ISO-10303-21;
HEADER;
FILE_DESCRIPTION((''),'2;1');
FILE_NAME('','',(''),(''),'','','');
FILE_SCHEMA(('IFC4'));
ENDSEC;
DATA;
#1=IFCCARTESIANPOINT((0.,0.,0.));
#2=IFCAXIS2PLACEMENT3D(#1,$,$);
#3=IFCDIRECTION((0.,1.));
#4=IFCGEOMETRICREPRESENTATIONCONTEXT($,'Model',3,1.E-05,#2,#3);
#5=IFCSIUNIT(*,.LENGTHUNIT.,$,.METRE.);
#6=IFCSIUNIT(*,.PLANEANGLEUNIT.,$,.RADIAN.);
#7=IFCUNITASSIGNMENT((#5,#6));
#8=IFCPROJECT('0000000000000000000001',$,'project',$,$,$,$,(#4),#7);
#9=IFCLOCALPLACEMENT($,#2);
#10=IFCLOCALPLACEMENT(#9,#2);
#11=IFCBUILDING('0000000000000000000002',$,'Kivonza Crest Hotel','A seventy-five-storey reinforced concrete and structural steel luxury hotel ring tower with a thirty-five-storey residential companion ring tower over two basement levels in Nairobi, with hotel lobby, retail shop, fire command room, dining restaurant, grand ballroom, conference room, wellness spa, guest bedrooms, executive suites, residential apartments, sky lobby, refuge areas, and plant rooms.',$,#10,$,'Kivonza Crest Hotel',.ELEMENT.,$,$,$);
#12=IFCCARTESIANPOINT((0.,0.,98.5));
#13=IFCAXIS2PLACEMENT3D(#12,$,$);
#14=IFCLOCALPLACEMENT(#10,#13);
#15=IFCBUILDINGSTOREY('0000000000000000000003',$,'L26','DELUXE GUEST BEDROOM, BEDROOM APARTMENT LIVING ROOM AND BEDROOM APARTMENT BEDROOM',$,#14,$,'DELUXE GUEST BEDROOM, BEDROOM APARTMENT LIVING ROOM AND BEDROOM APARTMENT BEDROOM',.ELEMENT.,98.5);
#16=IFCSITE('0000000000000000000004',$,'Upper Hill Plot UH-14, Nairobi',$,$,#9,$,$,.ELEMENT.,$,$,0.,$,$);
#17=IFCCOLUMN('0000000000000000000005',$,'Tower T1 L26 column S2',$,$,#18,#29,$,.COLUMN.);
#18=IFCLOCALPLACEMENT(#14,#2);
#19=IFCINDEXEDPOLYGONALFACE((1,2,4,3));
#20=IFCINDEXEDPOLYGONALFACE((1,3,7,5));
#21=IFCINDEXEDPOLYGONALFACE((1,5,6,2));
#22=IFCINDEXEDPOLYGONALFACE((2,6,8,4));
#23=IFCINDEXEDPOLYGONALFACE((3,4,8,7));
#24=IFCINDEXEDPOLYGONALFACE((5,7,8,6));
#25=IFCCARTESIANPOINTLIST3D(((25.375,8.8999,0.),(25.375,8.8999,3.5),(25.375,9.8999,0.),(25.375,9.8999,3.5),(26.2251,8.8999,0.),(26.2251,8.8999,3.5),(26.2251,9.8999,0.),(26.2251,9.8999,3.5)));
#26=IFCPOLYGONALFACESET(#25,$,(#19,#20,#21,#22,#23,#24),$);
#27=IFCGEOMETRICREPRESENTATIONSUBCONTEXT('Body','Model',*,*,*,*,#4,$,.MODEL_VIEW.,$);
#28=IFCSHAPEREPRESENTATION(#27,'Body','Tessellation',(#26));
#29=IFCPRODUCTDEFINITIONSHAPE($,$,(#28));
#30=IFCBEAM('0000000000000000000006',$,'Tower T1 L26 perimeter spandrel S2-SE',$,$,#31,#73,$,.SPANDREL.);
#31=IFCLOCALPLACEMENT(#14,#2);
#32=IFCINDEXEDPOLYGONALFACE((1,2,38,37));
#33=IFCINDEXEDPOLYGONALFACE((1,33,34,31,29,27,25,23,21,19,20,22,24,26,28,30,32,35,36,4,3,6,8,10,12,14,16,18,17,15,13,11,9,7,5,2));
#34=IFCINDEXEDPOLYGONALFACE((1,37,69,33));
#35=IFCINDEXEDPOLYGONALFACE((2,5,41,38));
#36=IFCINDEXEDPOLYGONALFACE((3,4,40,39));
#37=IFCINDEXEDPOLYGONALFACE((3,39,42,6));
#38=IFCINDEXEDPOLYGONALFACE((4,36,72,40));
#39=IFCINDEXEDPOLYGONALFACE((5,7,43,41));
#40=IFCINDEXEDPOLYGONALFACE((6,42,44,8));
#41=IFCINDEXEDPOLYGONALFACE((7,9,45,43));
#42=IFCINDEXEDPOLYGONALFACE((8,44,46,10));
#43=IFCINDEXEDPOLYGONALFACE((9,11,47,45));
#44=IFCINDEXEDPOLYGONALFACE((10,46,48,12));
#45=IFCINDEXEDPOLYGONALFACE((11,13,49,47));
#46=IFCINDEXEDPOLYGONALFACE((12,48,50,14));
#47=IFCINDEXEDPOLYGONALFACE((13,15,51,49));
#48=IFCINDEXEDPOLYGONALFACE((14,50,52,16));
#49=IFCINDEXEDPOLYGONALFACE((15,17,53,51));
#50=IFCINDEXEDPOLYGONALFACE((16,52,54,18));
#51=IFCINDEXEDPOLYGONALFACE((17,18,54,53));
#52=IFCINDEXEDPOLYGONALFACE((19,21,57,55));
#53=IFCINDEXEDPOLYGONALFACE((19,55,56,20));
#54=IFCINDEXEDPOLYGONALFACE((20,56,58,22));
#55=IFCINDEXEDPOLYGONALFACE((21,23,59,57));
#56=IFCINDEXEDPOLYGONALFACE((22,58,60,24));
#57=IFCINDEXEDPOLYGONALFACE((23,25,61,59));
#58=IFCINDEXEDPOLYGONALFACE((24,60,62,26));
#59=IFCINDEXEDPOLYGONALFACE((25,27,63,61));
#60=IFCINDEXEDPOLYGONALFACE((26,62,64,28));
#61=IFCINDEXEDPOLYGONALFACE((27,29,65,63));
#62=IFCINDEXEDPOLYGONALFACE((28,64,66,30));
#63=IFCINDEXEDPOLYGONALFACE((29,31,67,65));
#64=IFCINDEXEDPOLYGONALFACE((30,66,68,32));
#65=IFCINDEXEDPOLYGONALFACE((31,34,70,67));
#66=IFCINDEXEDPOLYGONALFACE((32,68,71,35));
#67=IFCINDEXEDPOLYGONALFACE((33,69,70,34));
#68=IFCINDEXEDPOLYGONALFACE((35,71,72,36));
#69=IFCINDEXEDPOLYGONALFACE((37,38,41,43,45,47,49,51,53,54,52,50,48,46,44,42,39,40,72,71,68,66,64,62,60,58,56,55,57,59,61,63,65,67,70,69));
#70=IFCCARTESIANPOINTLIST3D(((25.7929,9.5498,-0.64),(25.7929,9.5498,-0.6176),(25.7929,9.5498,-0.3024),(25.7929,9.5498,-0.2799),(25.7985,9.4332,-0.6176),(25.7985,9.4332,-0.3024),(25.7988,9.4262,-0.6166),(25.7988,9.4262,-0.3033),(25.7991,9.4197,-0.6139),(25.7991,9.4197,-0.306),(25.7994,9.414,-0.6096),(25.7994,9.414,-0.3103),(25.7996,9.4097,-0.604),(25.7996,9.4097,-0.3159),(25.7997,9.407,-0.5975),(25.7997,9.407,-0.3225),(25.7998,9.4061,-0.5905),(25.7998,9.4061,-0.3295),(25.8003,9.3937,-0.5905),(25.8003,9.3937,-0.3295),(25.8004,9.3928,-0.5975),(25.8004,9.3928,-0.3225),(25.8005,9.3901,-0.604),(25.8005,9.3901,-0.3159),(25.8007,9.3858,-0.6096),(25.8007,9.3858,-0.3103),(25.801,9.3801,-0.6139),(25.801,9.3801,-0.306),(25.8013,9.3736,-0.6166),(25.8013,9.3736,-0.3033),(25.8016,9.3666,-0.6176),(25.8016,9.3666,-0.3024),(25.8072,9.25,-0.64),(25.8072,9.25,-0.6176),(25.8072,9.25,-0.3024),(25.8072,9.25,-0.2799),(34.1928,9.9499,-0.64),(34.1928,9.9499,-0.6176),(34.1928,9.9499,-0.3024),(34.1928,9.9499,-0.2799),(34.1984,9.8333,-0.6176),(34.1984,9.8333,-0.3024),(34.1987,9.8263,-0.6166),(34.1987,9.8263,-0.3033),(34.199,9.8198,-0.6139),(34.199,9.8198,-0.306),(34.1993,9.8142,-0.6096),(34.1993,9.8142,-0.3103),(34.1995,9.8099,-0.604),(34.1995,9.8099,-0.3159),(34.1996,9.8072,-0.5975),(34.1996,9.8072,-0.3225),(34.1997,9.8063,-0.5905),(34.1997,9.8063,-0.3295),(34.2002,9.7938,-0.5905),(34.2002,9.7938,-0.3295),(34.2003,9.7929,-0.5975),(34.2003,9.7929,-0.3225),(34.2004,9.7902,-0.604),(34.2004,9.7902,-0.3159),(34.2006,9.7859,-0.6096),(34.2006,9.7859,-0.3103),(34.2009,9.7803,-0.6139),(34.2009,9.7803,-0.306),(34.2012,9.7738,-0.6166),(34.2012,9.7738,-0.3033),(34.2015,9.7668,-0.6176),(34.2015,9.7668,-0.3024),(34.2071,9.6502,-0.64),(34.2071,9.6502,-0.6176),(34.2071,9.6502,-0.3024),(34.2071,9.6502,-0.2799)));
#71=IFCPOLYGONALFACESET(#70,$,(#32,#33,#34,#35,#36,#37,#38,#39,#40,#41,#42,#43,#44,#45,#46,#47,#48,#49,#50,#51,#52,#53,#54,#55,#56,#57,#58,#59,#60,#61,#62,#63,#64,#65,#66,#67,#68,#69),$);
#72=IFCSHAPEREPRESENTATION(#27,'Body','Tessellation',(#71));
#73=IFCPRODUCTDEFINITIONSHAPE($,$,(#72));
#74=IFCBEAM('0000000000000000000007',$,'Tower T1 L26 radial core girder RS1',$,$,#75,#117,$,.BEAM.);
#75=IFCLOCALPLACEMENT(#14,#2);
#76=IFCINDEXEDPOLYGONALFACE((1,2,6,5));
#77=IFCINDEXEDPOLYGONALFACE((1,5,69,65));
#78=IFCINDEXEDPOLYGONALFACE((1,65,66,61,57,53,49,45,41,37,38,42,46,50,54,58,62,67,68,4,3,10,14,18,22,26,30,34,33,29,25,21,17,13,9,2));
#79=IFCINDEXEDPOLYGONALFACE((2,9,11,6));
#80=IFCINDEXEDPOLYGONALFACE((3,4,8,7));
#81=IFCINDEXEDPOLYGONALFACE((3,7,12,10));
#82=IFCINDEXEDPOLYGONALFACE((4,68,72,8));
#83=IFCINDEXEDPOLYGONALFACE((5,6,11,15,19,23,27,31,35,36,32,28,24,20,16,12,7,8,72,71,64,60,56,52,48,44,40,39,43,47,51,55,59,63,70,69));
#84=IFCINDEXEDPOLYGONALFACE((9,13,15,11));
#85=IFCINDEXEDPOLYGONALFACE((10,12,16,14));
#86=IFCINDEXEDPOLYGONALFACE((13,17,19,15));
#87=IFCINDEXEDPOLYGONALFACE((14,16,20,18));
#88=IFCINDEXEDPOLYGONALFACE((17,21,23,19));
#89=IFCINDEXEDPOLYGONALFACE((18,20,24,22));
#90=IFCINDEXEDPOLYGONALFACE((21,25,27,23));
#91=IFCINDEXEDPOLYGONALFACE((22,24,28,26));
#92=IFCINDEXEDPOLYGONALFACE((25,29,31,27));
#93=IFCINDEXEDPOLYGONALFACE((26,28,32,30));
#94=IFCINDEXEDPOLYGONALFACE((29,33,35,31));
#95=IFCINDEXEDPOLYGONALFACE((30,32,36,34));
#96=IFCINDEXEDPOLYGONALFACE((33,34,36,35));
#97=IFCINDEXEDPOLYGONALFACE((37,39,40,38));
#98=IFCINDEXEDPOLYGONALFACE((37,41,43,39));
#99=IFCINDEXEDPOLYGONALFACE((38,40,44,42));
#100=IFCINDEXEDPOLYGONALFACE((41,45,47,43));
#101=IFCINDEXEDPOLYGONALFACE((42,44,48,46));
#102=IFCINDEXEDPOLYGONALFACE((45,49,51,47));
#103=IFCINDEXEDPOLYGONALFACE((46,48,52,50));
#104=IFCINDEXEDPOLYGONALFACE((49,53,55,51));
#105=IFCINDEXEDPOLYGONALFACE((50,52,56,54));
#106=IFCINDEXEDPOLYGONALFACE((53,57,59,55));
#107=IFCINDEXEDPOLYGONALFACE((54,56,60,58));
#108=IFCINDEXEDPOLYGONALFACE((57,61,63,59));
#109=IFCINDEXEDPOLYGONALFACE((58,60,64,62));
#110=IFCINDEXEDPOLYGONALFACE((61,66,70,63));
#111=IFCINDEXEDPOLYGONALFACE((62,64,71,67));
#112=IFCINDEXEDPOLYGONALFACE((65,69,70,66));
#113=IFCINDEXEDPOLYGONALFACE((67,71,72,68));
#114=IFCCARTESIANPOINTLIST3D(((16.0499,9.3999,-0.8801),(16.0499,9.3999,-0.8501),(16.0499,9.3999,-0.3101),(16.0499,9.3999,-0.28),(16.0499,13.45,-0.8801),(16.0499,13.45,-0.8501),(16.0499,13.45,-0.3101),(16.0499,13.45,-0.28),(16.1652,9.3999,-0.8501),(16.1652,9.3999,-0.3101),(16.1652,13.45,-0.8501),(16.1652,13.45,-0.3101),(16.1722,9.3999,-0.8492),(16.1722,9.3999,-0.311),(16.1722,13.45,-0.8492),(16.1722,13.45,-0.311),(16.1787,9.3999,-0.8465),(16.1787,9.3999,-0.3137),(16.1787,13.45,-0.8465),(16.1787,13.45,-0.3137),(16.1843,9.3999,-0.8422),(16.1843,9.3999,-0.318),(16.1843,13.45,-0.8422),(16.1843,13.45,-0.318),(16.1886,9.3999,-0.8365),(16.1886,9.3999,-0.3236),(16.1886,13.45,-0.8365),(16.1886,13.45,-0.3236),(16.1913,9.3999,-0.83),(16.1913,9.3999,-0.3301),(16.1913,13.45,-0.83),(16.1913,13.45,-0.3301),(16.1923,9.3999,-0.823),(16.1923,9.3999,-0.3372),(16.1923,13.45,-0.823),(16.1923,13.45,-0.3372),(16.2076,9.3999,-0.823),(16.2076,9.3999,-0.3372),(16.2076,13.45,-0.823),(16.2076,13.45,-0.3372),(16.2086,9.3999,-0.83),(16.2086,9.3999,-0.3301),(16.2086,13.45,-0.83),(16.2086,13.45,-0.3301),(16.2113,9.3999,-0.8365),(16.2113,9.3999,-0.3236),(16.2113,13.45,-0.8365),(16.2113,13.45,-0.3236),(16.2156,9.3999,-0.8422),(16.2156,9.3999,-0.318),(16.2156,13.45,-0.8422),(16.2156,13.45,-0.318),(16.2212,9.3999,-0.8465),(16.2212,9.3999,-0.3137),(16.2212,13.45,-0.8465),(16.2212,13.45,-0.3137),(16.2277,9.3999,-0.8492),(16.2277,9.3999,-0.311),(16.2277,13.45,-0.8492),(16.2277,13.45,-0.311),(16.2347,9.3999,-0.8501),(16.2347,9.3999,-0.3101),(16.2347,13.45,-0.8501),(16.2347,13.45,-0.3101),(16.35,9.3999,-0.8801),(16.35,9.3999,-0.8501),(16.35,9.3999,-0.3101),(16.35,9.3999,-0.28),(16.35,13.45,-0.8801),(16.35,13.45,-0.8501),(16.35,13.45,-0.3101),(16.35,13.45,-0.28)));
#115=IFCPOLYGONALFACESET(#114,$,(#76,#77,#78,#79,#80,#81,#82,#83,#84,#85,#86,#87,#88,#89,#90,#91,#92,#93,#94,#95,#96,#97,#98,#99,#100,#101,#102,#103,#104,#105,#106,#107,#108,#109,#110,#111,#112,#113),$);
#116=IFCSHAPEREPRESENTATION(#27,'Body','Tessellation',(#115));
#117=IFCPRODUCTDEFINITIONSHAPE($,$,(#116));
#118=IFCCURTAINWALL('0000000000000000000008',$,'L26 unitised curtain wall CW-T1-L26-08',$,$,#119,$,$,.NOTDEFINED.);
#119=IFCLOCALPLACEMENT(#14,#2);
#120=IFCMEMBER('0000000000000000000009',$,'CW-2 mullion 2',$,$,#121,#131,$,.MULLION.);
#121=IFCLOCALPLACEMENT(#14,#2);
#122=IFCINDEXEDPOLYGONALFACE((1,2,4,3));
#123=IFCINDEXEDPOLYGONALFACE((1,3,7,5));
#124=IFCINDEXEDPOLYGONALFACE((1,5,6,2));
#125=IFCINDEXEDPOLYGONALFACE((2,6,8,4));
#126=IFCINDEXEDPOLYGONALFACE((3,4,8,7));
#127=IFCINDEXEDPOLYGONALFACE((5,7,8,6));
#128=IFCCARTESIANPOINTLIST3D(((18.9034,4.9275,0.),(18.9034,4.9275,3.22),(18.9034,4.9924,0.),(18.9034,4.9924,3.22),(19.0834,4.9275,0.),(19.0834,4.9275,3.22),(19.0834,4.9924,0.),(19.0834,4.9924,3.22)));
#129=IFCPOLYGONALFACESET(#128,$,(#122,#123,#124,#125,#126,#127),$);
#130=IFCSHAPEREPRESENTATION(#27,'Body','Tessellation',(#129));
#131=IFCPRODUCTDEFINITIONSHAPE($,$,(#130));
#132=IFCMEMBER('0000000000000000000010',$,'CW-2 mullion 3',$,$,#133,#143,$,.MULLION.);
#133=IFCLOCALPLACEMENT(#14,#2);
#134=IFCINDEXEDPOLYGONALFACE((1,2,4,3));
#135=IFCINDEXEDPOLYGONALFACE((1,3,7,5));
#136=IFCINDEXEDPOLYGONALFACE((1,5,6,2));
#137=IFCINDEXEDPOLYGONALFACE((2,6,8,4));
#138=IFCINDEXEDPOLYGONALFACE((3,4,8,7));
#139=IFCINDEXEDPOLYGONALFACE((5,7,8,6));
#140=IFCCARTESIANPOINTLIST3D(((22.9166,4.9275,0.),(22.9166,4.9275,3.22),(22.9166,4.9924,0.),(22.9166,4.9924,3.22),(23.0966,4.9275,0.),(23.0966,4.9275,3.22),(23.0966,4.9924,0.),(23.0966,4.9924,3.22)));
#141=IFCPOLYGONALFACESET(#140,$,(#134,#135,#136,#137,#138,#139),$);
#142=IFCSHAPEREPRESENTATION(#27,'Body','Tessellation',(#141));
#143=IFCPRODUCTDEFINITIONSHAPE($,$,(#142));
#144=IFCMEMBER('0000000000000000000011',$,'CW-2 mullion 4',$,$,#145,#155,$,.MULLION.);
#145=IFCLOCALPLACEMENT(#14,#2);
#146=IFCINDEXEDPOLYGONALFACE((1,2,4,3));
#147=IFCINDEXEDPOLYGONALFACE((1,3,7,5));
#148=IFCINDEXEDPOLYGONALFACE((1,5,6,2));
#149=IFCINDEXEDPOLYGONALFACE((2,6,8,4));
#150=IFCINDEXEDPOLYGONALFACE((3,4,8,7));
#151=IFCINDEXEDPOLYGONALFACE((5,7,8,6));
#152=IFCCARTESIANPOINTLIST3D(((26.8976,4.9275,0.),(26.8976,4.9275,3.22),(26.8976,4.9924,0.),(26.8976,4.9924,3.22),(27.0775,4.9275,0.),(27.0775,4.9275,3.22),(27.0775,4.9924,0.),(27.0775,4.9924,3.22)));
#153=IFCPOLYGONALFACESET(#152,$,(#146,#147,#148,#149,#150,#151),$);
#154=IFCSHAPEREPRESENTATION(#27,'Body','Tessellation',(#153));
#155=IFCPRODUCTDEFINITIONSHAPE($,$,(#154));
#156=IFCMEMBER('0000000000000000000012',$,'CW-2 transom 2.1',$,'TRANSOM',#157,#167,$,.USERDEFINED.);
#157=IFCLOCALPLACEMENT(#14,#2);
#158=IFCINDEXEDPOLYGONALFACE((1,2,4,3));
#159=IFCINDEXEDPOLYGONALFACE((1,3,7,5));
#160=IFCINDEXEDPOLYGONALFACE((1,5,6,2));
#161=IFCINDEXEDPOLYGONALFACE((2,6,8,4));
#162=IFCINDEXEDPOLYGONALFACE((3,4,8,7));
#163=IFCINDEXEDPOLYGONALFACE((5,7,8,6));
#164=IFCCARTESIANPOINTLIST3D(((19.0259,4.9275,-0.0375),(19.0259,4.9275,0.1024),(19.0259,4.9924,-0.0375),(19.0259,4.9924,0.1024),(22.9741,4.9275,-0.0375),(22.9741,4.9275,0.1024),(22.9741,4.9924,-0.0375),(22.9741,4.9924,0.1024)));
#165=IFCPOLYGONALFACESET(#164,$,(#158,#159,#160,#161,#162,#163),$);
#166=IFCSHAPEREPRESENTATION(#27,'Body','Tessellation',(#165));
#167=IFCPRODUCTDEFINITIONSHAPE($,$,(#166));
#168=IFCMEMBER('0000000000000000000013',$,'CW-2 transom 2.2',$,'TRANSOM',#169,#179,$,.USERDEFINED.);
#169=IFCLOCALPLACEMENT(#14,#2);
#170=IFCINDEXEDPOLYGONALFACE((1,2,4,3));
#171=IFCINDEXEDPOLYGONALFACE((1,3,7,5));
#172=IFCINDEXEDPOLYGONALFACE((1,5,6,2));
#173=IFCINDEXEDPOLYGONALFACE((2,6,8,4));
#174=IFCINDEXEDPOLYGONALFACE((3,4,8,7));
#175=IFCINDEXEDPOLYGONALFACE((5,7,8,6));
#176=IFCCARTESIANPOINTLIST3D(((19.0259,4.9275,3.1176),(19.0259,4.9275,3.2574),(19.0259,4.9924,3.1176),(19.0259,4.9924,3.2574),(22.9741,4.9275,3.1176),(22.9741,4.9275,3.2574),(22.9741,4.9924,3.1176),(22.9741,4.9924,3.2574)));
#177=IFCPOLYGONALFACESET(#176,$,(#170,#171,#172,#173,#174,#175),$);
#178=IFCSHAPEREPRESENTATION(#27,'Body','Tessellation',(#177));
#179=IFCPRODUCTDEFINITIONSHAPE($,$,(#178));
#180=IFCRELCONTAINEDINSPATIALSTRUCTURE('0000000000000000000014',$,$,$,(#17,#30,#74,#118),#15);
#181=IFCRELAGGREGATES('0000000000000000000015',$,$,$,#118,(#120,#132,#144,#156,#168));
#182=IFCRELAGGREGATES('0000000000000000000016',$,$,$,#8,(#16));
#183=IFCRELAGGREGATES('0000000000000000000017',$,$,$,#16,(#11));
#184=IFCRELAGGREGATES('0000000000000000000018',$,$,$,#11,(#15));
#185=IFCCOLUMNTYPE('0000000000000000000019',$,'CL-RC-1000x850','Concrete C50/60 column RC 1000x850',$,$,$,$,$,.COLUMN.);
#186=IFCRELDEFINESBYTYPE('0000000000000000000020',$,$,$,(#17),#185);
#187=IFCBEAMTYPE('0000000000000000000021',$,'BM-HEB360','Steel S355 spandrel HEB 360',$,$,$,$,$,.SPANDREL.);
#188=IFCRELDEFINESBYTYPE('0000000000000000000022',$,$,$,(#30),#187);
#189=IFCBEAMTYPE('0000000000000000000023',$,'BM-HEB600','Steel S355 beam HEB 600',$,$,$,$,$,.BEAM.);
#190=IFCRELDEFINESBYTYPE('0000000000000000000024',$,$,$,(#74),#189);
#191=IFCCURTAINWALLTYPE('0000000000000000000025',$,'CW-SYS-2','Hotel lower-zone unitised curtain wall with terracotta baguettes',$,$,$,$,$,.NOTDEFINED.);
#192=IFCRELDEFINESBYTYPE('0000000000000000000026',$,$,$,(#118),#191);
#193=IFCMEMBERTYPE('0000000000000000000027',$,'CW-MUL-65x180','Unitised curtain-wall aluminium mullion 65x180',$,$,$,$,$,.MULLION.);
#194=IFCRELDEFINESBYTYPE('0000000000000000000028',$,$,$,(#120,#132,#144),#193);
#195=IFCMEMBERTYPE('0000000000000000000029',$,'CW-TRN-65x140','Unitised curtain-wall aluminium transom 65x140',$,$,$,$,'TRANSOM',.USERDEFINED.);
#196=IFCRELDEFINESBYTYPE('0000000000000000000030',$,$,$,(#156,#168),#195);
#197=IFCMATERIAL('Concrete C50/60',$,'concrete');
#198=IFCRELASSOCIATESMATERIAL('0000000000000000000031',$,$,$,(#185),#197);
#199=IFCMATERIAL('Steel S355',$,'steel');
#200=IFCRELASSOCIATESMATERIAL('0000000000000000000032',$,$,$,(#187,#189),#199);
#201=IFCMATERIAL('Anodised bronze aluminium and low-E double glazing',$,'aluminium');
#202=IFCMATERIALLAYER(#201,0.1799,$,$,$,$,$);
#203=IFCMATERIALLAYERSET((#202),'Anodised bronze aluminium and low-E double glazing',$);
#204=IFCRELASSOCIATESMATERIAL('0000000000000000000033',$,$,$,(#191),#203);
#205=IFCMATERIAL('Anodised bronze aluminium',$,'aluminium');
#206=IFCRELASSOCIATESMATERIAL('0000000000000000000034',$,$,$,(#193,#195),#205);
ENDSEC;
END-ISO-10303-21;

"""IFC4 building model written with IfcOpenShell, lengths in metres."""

from ifc_helpers import new_model, si_unit, direction, frame, origin, origin_2d, place, context, subcontext, project, spatial, rectangle, i_section, extrude, material, layer, layer_set, material_profile, profile_set, type_object, element, aggregate, save


model = new_model("IFC4")

# Units and contexts
model_context = context("Model", 3, precision=1e-05, world=origin(), true_north=direction((0.0, 1.0)))
body_context = subcontext(model_context, "Body", "Model", "MODEL_VIEW")
ifc_project = project(units=[si_unit("LENGTHUNIT", "METRE"), si_unit("PLANEANGLEUNIT", "RADIAN")], contexts=[model_context])

# Site, building, storey
site_placement = place(None, origin())
site = spatial("IfcSite", under=ifc_project, at=site_placement, Name="Upper Hill Plot UH-14, Nairobi", CompositionType="ELEMENT", RefElevation=0.0)
building_placement = place(site_placement, origin())
building = spatial("IfcBuilding", under=site, at=building_placement, Name="Kivonza Crest Hotel", Description="A seventy-five-storey reinforced concrete and structural steel luxury hotel ring tower with a thirty-five-storey residential companion ring tower over two basement levels in Nairobi, with hotel lobby, retail shop, fire command room, dining restaurant, grand ballroom, conference room, wellness spa, guest bedrooms, executive suites, residential apartments, sky lobby, refuge areas, and plant rooms.", LongName="Kivonza Crest Hotel", CompositionType="ELEMENT")
storey_placement = place(building_placement, frame((0.0, 0.0, 98.5)))
storey = spatial("IfcBuildingStorey", under=building, at=storey_placement, Name="L26", Description="DELUXE GUEST BEDROOM, BEDROOM APARTMENT LIVING ROOM AND BEDROOM APARTMENT BEDROOM", LongName="DELUXE GUEST BEDROOM, BEDROOM APARTMENT LIVING ROOM AND BEDROOM APARTMENT BEDROOM", CompositionType="ELEMENT", Elevation=98.5)

# Column
ifc_material_1 = material(Name="Concrete C50/60", Category="concrete")
ifc_material_profile_1 = material_profile(ifc_material_1, rectangle(XDim=0.8501, YDim=1.0, at=origin_2d()), Name="RC 1000x850")
ifc_profile_set_1 = profile_set([ifc_material_profile_1], Name="Concrete C50/60")
column_type = type_object("IfcColumnType", Name="CL-RC-1000x850", Description="Concrete C50/60 column RC 1000x850", PredefinedType="COLUMN", material=ifc_profile_set_1)
column_placement = place(storey_placement, frame((25.8, 9.3999, 0.0), z_axis=(0.0, 0.0, 1.0), x_axis=(1.0, 0.0, 0.0)))
element("IfcColumn", 1, at=column_placement, inside=storey, type_object=column_type, Name="Tower T1 L26 column S2", PredefinedType="COLUMN", context=body_context, shape_type="SweptSolid", body=[
    extrude(rectangle(XDim=0.8501, YDim=1.0, at=origin_2d()), origin(), (0.0, 0.0, 1.0), 3.5),
])

# Beams
ifc_material_2 = material(Name="Steel S355", Category="steel")
ifc_material_profile_2 = material_profile(ifc_material_2, i_section(OverallWidth=0.3, OverallDepth=0.3601, WebThickness=0.0125, FlangeThickness=0.0225, FilletRadius=0.0271, at=origin_2d()), Name="HEB 360")
ifc_profile_set_2 = profile_set([ifc_material_profile_2], Name="Steel S355")
beam_type_1 = type_object("IfcBeamType", Name="BM-HEB360", Description="Steel S355 spandrel HEB 360", PredefinedType="SPANDREL", material=ifc_profile_set_2)
beam_1_placement = place(storey_placement, frame((25.8, 9.3999, -0.46), z_axis=(0.998867, 0.047583, 0.0), x_axis=(-0.047583, 0.998867, 0.0)))
element("IfcBeam", 2, at=beam_1_placement, inside=storey, type_object=beam_type_1, Name="Tower T1 L26 perimeter spandrel S2-SE", PredefinedType="SPANDREL", context=body_context, shape_type="SweptSolid", body=[
    extrude(i_section(OverallWidth=0.3, OverallDepth=0.3601, WebThickness=0.0125, FlangeThickness=0.0225, FilletRadius=0.0271, at=origin_2d()), origin(), (0.0, 0.0, 1.0), 8.4094),
])
ifc_material_profile_3 = material_profile(ifc_material_2, i_section(OverallWidth=0.3, OverallDepth=0.6001, WebThickness=0.0154, FlangeThickness=0.03, FilletRadius=0.0271, at=origin_2d()), Name="HEB 600")
ifc_profile_set_3 = profile_set([ifc_material_profile_3], Name="Steel S355")
beam_type_2 = type_object("IfcBeamType", Name="BM-HEB600", Description="Steel S355 beam HEB 600", PredefinedType="BEAM", material=ifc_profile_set_3)
beam_2_placement = place(storey_placement, frame((16.2, 9.3999, -0.5801), z_axis=(0.0, 1.0, 0.0), x_axis=(-1.0, 0.0, 0.0)))
element("IfcBeam", 3, at=beam_2_placement, inside=storey, type_object=beam_type_2, Name="Tower T1 L26 radial core girder RS1", PredefinedType="BEAM", context=body_context, shape_type="SweptSolid", body=[
    extrude(i_section(OverallWidth=0.3, OverallDepth=0.6001, WebThickness=0.0154, FlangeThickness=0.03, FilletRadius=0.0271, at=origin_2d()), origin(), (0.0, 0.0, 1.0), 4.05),
])

# Curtain wall, members
ifc_material_3 = material(Name="Anodised bronze aluminium and low-E double glazing", Category="aluminium")
ifc_layer_1 = layer(ifc_material_3, 0.1799)
ifc_layer_set_1 = layer_set([ifc_layer_1], Name="Anodised bronze aluminium and low-E double glazing")
curtain_wall_type = type_object("IfcCurtainWallType", Name="CW-SYS-2", Description="Hotel lower-zone unitised curtain wall with terracotta baguettes", PredefinedType="NOTDEFINED", material=ifc_layer_set_1)
curtain_wall_placement = place(storey_placement, origin())
curtain_wall = element("IfcCurtainWall", 4, at=curtain_wall_placement, inside=storey, type_object=curtain_wall_type, Name="L26 unitised curtain wall CW-T1-L26-08", PredefinedType="NOTDEFINED")
ifc_material_4 = material(Name="Anodised bronze aluminium", Category="aluminium")
ifc_material_profile_4 = material_profile(ifc_material_4, rectangle(XDim=0.0649, YDim=0.1799, at=origin_2d()), Name="CW-M 65x180")
ifc_profile_set_4 = profile_set([ifc_material_profile_4], Name="Anodised bronze aluminium")
member_type_1 = type_object("IfcMemberType", Name="CW-MUL-65x180", Description="Unitised curtain-wall aluminium mullion 65x180", PredefinedType="MULLION", material=ifc_profile_set_4)
member_1_placement = place(storey_placement, frame((18.9934, 4.96, 0.0), z_axis=(0.0, 0.0, 1.0), x_axis=(0.0, 1.0, 0.0)))
member_1 = element("IfcMember", 5, at=member_1_placement, type_object=member_type_1, Name="CW-2 mullion 2", PredefinedType="MULLION", context=body_context, shape_type="SweptSolid", body=[
    extrude(rectangle(XDim=0.0649, YDim=0.1799, at=origin_2d()), origin(), (0.0, 0.0, 1.0), 3.22),
])
member_2_placement = place(storey_placement, frame((23.0066, 4.96, 0.0), z_axis=(0.0, 0.0, 1.0), x_axis=(0.0, 1.0, 0.0)))
member_2 = element("IfcMember", 6, at=member_2_placement, type_object=member_type_1, Name="CW-2 mullion 3", PredefinedType="MULLION", context=body_context, shape_type="SweptSolid", body=[
    extrude(rectangle(XDim=0.0649, YDim=0.1799, at=origin_2d()), origin(), (0.0, 0.0, 1.0), 3.22),
])
member_3_placement = place(storey_placement, frame((26.9875, 4.96, 0.0), z_axis=(0.0, 0.0, 1.0), x_axis=(0.0, 1.0, 0.0)))
member_3 = element("IfcMember", 7, at=member_3_placement, type_object=member_type_1, Name="CW-2 mullion 4", PredefinedType="MULLION", context=body_context, shape_type="SweptSolid", body=[
    extrude(rectangle(XDim=0.0649, YDim=0.1799, at=origin_2d()), origin(), (0.0, 0.0, 1.0), 3.22),
])
ifc_material_profile_5 = material_profile(ifc_material_4, rectangle(XDim=0.0649, YDim=0.1399, at=origin_2d()), Name="CW-T 65x140")
ifc_profile_set_5 = profile_set([ifc_material_profile_5], Name="Anodised bronze aluminium")
member_type_2 = type_object("IfcMemberType", Name="CW-TRN-65x140", Description="Unitised curtain-wall aluminium transom 65x140", ElementType="TRANSOM", PredefinedType="USERDEFINED", material=ifc_profile_set_5)
member_4_placement = place(storey_placement, frame((19.0259, 4.96, 0.0325), z_axis=(1.0, 0.0, 0.0), x_axis=(0.0, 1.0, 0.0)))
member_4 = element("IfcMember", 8, at=member_4_placement, type_object=member_type_2, Name="CW-2 transom 2.1", ObjectType="TRANSOM", PredefinedType="USERDEFINED", context=body_context, shape_type="SweptSolid", body=[
    extrude(rectangle(XDim=0.0649, YDim=0.1399, at=origin_2d()), origin(), (0.0, 0.0, 1.0), 3.9482),
])
member_5_placement = place(storey_placement, frame((19.0259, 4.96, 3.1875), z_axis=(1.0, 0.0, 0.0), x_axis=(0.0, 1.0, 0.0)))
member_5 = element("IfcMember", 9, at=member_5_placement, type_object=member_type_2, Name="CW-2 transom 2.2", ObjectType="TRANSOM", PredefinedType="USERDEFINED", context=body_context, shape_type="SweptSolid", body=[
    extrude(rectangle(XDim=0.0649, YDim=0.1399, at=origin_2d()), origin(), (0.0, 0.0, 1.0), 3.9482),
])
aggregate(curtain_wall, [member_1, member_2, member_3, member_4, member_5])

save(model, "model.ifc")
